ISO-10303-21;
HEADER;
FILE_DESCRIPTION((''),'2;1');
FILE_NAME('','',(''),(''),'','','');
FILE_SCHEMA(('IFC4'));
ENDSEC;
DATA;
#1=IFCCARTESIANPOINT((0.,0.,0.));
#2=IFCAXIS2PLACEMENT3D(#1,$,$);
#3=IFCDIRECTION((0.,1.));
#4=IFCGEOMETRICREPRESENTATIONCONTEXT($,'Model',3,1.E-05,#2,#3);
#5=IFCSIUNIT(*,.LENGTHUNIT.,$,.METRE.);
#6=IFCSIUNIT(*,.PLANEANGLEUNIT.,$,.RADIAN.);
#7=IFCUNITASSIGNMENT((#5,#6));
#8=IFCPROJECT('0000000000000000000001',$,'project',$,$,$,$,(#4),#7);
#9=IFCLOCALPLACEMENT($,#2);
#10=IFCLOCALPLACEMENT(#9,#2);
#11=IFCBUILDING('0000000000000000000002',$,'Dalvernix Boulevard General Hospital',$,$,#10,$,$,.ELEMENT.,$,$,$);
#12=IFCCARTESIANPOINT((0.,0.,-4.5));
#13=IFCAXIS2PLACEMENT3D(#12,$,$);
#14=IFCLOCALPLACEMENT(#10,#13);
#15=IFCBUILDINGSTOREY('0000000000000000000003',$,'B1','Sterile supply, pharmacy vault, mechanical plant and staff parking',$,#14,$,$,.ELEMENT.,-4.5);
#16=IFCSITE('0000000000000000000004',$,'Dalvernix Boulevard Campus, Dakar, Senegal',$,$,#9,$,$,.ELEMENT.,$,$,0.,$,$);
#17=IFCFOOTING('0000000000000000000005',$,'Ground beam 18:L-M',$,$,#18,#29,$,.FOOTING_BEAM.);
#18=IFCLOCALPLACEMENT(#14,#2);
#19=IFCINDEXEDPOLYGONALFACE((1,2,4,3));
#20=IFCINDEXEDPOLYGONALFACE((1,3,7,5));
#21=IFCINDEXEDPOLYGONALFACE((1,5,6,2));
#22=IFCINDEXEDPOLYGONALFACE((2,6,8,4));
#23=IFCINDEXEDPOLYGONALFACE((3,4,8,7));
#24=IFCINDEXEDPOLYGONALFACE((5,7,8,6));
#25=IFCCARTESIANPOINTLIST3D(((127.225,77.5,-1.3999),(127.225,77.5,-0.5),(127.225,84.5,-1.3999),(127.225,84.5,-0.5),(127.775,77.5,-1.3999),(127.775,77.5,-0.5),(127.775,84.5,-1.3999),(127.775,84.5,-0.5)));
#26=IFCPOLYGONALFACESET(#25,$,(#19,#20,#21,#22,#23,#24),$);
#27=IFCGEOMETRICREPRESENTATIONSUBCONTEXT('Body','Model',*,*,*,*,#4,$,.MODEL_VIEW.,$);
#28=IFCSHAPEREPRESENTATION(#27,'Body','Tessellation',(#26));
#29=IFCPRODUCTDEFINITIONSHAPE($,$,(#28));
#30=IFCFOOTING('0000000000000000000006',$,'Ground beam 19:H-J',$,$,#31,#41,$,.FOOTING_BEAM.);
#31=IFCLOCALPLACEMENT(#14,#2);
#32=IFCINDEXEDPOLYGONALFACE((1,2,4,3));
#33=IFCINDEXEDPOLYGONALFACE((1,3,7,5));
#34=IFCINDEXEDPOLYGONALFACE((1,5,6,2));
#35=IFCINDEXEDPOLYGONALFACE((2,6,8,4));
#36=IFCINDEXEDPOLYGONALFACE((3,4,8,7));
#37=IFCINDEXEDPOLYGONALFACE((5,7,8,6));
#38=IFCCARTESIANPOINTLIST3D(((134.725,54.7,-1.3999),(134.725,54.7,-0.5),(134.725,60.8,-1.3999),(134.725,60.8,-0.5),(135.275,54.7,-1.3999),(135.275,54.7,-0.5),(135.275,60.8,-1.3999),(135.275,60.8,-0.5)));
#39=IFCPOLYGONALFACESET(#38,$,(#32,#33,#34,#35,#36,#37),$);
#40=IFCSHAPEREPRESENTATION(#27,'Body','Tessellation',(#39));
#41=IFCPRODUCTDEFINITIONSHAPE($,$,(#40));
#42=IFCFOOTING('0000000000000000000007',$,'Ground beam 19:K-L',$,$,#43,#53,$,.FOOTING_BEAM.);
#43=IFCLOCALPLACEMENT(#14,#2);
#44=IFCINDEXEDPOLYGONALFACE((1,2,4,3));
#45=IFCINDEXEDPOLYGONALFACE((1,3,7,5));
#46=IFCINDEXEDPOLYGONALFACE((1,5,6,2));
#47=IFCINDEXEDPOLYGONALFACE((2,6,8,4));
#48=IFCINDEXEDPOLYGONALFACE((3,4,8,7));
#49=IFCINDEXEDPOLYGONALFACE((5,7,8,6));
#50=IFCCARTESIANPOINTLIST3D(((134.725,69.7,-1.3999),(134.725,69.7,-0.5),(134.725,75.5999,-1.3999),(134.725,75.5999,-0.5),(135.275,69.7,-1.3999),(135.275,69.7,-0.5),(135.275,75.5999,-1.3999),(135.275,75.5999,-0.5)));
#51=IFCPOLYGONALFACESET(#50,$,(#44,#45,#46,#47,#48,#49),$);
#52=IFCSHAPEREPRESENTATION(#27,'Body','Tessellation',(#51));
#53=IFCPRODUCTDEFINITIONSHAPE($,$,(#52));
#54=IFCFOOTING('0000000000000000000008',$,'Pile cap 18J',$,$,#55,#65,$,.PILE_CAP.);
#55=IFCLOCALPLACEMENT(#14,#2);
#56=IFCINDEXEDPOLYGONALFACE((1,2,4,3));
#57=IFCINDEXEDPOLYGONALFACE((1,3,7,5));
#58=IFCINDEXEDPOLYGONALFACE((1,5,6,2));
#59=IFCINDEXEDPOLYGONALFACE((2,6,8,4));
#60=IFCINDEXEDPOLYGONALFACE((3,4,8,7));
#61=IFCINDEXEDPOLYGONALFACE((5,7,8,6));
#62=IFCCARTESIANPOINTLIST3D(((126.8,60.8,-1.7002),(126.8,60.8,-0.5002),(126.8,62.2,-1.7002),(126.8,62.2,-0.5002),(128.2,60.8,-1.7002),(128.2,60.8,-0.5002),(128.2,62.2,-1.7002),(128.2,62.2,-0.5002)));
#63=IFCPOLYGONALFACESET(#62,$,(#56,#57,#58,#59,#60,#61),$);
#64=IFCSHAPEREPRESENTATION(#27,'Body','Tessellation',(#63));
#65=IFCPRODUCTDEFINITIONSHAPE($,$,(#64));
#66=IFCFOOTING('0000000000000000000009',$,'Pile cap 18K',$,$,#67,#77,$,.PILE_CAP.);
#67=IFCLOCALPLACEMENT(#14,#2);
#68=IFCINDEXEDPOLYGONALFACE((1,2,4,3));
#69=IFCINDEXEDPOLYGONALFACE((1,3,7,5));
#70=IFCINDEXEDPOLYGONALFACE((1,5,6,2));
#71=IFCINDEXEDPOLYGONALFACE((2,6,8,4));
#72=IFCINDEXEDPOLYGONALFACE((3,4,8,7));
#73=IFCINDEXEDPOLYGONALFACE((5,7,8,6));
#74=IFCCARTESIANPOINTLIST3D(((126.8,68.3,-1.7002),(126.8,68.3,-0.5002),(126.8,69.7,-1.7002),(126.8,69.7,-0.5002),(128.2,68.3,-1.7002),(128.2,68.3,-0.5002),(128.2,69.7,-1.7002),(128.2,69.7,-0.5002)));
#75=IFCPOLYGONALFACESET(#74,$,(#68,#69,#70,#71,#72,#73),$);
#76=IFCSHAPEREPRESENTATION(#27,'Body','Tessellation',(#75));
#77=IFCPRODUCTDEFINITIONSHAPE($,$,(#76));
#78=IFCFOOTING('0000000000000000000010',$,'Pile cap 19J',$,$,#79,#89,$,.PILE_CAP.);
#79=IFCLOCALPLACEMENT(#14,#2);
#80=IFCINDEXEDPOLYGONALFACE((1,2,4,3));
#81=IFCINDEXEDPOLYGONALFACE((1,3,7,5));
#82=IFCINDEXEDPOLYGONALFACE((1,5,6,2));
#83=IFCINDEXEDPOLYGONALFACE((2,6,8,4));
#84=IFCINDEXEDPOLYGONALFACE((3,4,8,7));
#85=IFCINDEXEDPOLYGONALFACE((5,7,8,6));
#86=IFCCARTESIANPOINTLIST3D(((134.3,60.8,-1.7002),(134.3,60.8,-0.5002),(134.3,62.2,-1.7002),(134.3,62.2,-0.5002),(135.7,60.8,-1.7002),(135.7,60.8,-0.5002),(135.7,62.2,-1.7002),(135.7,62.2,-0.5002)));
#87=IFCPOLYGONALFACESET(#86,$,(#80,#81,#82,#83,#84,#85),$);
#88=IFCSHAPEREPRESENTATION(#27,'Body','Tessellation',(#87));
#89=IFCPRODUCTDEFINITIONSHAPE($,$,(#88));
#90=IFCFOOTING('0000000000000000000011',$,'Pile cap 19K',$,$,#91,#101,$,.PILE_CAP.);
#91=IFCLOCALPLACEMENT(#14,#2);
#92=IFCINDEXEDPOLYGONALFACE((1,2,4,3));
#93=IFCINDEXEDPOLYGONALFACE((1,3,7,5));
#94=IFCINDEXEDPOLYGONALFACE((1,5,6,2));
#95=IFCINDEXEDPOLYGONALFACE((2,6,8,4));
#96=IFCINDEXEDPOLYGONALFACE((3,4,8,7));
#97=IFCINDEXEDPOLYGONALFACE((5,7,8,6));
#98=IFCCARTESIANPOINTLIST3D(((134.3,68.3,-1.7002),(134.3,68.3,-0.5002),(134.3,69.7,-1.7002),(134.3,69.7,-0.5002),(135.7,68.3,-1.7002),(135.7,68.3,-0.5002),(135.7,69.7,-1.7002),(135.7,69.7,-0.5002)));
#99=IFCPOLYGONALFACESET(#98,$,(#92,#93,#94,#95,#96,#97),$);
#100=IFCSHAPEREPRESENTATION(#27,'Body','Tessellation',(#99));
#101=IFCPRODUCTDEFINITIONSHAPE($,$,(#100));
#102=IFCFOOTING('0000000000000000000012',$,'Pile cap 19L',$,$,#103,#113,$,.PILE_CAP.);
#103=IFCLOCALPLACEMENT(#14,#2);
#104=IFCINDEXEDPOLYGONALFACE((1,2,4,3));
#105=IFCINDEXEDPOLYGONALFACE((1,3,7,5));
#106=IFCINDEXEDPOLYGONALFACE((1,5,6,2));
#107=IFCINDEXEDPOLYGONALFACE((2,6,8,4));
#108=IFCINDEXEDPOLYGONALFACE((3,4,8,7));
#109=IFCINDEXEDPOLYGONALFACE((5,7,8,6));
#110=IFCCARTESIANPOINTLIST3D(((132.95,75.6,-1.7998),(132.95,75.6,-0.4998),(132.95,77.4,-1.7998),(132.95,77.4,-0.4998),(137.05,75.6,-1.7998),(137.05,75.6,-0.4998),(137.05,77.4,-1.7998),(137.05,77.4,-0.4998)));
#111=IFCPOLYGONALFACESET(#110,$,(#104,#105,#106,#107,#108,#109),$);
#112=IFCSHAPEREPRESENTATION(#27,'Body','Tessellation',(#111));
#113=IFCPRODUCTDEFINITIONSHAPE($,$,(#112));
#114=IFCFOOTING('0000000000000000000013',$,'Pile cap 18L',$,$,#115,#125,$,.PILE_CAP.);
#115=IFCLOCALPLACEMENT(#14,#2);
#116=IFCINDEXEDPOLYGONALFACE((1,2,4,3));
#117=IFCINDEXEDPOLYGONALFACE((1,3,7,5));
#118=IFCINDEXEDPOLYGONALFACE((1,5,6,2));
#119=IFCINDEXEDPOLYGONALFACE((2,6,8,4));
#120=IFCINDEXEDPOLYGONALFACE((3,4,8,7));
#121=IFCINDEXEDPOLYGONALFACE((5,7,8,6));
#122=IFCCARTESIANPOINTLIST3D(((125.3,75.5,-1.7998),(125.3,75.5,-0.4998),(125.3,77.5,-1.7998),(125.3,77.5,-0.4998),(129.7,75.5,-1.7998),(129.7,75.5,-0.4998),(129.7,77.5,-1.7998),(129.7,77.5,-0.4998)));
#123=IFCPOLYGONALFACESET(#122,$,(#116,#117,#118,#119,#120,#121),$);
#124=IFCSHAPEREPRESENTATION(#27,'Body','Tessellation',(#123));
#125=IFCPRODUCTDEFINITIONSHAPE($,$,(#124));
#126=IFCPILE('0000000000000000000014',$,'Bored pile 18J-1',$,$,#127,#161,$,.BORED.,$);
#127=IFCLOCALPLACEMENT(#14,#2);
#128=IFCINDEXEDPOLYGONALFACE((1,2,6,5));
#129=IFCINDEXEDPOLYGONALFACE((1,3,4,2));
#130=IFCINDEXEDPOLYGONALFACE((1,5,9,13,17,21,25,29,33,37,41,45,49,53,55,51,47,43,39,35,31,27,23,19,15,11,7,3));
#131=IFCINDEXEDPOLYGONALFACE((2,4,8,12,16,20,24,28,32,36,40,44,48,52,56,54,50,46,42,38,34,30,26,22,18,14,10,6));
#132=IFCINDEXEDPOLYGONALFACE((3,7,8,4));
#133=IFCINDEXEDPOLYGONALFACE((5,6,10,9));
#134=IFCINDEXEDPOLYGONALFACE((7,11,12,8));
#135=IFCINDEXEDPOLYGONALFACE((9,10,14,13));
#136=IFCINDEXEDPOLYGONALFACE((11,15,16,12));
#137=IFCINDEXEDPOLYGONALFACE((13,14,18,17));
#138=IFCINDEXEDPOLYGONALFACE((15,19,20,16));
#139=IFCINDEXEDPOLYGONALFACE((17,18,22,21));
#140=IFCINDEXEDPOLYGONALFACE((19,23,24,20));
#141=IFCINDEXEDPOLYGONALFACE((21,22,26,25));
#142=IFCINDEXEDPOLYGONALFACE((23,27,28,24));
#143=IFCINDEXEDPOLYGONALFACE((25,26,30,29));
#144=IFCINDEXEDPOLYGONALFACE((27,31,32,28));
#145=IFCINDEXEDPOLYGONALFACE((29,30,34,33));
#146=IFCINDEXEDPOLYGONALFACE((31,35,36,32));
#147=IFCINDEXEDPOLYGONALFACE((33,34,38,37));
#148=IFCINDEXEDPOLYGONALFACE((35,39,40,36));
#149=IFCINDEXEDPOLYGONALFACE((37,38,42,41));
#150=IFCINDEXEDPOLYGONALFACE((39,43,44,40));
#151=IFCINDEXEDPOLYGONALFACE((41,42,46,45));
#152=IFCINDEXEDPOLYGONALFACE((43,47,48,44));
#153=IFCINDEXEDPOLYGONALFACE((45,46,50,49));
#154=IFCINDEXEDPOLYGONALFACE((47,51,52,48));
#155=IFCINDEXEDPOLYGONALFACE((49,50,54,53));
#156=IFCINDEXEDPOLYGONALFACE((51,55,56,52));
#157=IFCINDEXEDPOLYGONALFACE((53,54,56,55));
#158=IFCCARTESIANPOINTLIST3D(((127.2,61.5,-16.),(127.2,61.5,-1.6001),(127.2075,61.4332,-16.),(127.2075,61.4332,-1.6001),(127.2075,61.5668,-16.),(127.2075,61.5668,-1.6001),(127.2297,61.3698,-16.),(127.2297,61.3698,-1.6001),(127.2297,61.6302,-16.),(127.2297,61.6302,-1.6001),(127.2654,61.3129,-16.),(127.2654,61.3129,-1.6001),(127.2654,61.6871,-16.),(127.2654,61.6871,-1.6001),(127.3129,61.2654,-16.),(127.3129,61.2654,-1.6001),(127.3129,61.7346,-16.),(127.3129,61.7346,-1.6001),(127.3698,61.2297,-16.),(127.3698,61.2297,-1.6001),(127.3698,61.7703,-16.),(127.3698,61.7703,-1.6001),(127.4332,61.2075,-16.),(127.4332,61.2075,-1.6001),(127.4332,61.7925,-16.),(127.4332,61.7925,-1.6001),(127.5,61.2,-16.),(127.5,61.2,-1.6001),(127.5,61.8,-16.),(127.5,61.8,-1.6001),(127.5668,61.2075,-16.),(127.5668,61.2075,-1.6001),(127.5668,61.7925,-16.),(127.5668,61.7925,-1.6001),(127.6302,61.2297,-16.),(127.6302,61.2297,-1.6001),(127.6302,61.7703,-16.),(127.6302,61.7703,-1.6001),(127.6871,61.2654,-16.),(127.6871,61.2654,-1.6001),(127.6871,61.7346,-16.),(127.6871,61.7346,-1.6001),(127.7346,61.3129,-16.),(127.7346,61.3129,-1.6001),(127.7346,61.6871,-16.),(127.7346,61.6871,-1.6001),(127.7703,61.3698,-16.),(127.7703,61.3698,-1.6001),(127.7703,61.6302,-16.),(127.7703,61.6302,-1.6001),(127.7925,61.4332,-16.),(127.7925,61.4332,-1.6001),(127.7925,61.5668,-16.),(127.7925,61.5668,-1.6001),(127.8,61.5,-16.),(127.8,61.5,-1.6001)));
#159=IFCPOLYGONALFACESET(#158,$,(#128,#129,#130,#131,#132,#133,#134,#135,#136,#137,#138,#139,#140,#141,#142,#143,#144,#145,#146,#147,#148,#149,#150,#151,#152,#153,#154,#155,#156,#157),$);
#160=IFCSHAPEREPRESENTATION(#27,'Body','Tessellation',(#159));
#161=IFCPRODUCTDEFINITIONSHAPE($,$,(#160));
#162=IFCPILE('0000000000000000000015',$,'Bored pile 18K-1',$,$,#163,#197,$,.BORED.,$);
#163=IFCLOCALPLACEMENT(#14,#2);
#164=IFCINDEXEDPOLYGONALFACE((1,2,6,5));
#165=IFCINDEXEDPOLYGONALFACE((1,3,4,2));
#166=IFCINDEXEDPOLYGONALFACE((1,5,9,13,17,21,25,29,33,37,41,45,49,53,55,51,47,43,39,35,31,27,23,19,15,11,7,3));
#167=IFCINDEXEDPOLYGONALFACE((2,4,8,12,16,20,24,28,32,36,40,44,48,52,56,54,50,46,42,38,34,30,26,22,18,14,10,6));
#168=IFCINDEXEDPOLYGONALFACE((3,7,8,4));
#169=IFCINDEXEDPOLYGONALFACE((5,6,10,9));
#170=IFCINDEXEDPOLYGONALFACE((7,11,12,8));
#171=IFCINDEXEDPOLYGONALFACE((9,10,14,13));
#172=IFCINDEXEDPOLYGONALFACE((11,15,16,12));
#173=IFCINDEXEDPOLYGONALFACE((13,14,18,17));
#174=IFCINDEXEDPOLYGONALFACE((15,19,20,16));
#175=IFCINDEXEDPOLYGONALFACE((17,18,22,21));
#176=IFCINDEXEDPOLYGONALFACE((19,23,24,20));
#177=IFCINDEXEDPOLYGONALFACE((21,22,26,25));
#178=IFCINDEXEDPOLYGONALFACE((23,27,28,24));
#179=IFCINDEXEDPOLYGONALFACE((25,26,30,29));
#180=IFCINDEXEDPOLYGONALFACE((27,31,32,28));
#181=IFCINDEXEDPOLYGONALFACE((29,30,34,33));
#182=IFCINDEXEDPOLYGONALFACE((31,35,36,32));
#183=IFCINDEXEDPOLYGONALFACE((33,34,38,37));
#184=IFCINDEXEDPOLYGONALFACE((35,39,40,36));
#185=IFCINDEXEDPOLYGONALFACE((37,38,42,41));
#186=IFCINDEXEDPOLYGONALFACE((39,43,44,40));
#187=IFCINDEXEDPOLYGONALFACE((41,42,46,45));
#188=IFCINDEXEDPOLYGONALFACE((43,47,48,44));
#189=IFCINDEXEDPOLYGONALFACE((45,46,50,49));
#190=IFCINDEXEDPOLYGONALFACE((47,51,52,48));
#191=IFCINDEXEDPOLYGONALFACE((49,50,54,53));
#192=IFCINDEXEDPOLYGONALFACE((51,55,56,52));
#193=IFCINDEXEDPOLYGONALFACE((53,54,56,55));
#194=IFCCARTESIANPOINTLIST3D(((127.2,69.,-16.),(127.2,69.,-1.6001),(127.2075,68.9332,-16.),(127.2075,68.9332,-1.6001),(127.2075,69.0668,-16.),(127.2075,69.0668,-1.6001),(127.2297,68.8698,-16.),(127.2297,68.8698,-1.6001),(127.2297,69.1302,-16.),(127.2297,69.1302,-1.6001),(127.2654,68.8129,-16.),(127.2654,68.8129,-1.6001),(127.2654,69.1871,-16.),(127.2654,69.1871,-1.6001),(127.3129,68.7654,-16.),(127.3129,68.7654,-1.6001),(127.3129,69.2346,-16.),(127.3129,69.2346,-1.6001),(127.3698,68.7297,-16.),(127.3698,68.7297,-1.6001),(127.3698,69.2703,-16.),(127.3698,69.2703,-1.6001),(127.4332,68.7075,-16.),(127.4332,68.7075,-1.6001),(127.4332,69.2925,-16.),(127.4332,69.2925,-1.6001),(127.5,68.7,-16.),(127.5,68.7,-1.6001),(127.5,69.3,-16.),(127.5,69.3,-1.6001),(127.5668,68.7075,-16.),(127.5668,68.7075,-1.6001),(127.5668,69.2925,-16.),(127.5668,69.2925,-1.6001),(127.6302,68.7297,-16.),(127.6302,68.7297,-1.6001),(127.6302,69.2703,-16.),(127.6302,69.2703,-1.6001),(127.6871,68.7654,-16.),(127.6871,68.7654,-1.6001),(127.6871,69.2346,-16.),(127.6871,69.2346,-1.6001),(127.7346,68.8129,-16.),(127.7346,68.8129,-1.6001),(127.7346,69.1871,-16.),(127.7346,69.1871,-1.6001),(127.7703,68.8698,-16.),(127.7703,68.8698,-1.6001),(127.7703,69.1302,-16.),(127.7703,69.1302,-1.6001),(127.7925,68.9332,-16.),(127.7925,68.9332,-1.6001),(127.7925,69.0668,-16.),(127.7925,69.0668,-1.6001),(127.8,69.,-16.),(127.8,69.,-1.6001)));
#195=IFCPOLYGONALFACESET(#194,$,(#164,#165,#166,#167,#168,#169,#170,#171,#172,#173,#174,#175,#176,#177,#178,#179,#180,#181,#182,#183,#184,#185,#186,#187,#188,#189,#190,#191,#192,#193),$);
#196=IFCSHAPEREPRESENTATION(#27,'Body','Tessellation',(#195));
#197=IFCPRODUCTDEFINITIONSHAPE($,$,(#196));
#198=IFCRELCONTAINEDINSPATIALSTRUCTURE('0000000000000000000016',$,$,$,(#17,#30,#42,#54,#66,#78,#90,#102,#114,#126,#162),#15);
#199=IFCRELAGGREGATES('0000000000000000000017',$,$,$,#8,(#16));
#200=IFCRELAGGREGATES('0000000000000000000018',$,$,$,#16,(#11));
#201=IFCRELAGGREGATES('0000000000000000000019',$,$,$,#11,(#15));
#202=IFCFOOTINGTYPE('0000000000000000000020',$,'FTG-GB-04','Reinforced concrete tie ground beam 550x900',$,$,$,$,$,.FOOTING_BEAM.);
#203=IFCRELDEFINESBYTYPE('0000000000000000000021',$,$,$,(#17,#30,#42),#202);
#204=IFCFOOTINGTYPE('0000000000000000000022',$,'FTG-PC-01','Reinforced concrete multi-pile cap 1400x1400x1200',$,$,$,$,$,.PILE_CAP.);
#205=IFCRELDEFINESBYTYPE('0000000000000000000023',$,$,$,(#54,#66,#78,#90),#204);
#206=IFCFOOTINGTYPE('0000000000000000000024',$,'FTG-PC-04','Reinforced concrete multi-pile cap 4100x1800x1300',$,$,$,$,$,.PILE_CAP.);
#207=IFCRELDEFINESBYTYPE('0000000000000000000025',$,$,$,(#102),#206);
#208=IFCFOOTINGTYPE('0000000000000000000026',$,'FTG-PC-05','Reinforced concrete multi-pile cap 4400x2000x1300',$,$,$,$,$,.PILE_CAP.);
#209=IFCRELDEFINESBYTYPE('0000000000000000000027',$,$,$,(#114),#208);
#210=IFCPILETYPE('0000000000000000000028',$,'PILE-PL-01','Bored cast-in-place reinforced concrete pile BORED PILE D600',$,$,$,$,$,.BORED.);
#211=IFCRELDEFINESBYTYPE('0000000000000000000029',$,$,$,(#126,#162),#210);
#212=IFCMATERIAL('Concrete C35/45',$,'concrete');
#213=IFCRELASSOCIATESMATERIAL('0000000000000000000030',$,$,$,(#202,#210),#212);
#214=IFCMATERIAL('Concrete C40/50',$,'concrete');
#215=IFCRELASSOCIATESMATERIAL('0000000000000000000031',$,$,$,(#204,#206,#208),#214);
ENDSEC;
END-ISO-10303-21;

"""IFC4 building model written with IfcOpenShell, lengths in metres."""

from ifc_helpers import new_model, si_unit, direction, frame, origin, origin_2d, place, context, subcontext, project, spatial, rectangle, circle, extrude, material, material_profile, profile_set, type_object, element, save


model = new_model("IFC4")

# Units and contexts
model_context = context("Model", 3, precision=1e-05, world=origin(), true_north=direction((0.0, 1.0)))
body_context = subcontext(model_context, "Body", "Model", "MODEL_VIEW")
ifc_project = project(units=[si_unit("LENGTHUNIT", "METRE"), si_unit("PLANEANGLEUNIT", "RADIAN")], contexts=[model_context])

# Site, building, storey
site_placement = place(None, origin())
site = spatial("IfcSite", under=ifc_project, at=site_placement, Name="Dalvernix Boulevard Campus, Dakar, Senegal", CompositionType="ELEMENT", RefElevation=0.0)
building_placement = place(site_placement, origin())
building = spatial("IfcBuilding", under=site, at=building_placement, Name="Dalvernix Boulevard General Hospital", CompositionType="ELEMENT")
storey_placement = place(building_placement, frame((0.0, 0.0, -4.5)))
storey = spatial("IfcBuildingStorey", under=building, at=storey_placement, Name="B1", Description="Sterile supply, pharmacy vault, mechanical plant and staff parking", CompositionType="ELEMENT", Elevation=-4.5)

# Footings
ifc_material_1 = material(Name="Concrete C35/45", Category="concrete")
footing_type_1 = type_object("IfcFootingType", Name="FTG-GB-04", Description="Reinforced concrete tie ground beam 550x900", PredefinedType="FOOTING_BEAM", material=ifc_material_1)
footing_1_placement = place(storey_placement, frame((127.5, 81.0, -1.3999), z_axis=(0.0, 0.0, 1.0), x_axis=(0.0, 1.0, 0.0)))
element("IfcFooting", 1, at=footing_1_placement, inside=storey, type_object=footing_type_1, Name="Ground beam 18:L-M", PredefinedType="FOOTING_BEAM", context=body_context, shape_type="SweptSolid", body=[
    extrude(rectangle(XDim=7.0, YDim=0.55, at=origin_2d()), origin(), (0.0, 0.0, 1.0), 0.8999),
])
footing_2_placement = place(storey_placement, frame((135.0, 57.75, -1.3999), z_axis=(0.0, 0.0, 1.0), x_axis=(0.0, 1.0, 0.0)))
element("IfcFooting", 2, at=footing_2_placement, inside=storey, type_object=footing_type_1, Name="Ground beam 19:H-J", PredefinedType="FOOTING_BEAM", context=body_context, shape_type="SweptSolid", body=[
    extrude(rectangle(XDim=6.1001, YDim=0.55, at=origin_2d()), origin(), (0.0, 0.0, 1.0), 0.8999),
])
footing_3_placement = place(storey_placement, frame((135.0, 72.6499, -1.3999), z_axis=(0.0, 0.0, 1.0), x_axis=(0.0, 1.0, 0.0)))
element("IfcFooting", 3, at=footing_3_placement, inside=storey, type_object=footing_type_1, Name="Ground beam 19:K-L", PredefinedType="FOOTING_BEAM", context=body_context, shape_type="SweptSolid", body=[
    extrude(rectangle(XDim=5.8999, YDim=0.55, at=origin_2d()), origin(), (0.0, 0.0, 1.0), 0.8999),
])
ifc_material_2 = material(Name="Concrete C40/50", Category="concrete")
footing_type_2 = type_object("IfcFootingType", Name="FTG-PC-01", Description="Reinforced concrete multi-pile cap 1400x1400x1200", PredefinedType="PILE_CAP", material=ifc_material_2)
for number, where, z_axis, x_axis, name in (
    (4, (127.5, 61.5, -1.7002), (0.0, 0.0, 1.0), (1.0, 0.0, 0.0), "Pile cap 18J"),
    (5, (127.5, 69.0, -1.7002), (0.0, 0.0, 1.0), (1.0, 0.0, 0.0), "Pile cap 18K"),
    (6, (135.0, 61.5, -1.7002), (0.0, 0.0, 1.0), (1.0, 0.0, 0.0), "Pile cap 19J"),
    (7, (135.0, 69.0, -1.7002), (0.0, 0.0, 1.0), (1.0, 0.0, 0.0), "Pile cap 19K"),
):
    element("IfcFooting", number, at=place(storey_placement, frame(where, z_axis=z_axis, x_axis=x_axis)), inside=storey, type_object=footing_type_2, Name=name, PredefinedType="PILE_CAP", context=body_context, shape_type="SweptSolid", body=[
        extrude(rectangle(XDim=1.3999, YDim=1.3999, at=origin_2d()), origin(), (0.0, 0.0, 1.0), 1.2),
    ])
footing_type_3 = type_object("IfcFootingType", Name="FTG-PC-04", Description="Reinforced concrete multi-pile cap 4100x1800x1300", PredefinedType="PILE_CAP", material=ifc_material_2)
footing_4_placement = place(storey_placement, frame((135.0, 76.5, -1.7998), z_axis=(0.0, 0.0, 1.0), x_axis=(1.0, 0.0, 0.0)))
element("IfcFooting", 8, at=footing_4_placement, inside=storey, type_object=footing_type_3, Name="Pile cap 19L", PredefinedType="PILE_CAP", context=body_context, shape_type="SweptSolid", body=[
    extrude(rectangle(XDim=4.1001, YDim=1.8, at=origin_2d()), origin(), (0.0, 0.0, 1.0), 1.3),
])
footing_type_4 = type_object("IfcFootingType", Name="FTG-PC-05", Description="Reinforced concrete multi-pile cap 4400x2000x1300", PredefinedType="PILE_CAP", material=ifc_material_2)
footing_5_placement = place(storey_placement, frame((127.5, 76.5, -1.7998), z_axis=(0.0, 0.0, 1.0), x_axis=(1.0, 0.0, 0.0)))
element("IfcFooting", 9, at=footing_5_placement, inside=storey, type_object=footing_type_4, Name="Pile cap 18L", PredefinedType="PILE_CAP", context=body_context, shape_type="SweptSolid", body=[
    extrude(rectangle(XDim=4.3999, YDim=2.0, at=origin_2d()), origin(), (0.0, 0.0, 1.0), 1.3),
])

# Piles
ifc_material_profile_1 = material_profile(ifc_material_1, circle(Radius=0.3, at=origin_2d()), Name="BORED PILE D600")
ifc_profile_set_1 = profile_set([ifc_material_profile_1], Name="Concrete C35/45")
pile_type_1 = type_object("IfcPileType", Name="PILE-PL-01", Description="Bored cast-in-place reinforced concrete pile BORED PILE D600", PredefinedType="BORED", material=ifc_profile_set_1)
for number, where, z_axis, x_axis, name in (
    (10, (127.5, 61.5, -1.6001), (0.0, 0.0, -1.0), (1.0, 0.0, 0.0), "Bored pile 18J-1"),
    (11, (127.5, 69.0, -1.6001), (0.0, 0.0, -1.0), (1.0, 0.0, 0.0), "Bored pile 18K-1"),
):
    element("IfcPile", number, at=place(storey_placement, frame(where, z_axis=z_axis, x_axis=x_axis)), inside=storey, type_object=pile_type_1, Name=name, PredefinedType="BORED", context=body_context, shape_type="SweptSolid", body=[
        extrude(circle(Radius=0.3, at=origin_2d()), origin(), (0.0, 0.0, 1.0), 14.3999),
    ])

save(model, "model.ifc")
